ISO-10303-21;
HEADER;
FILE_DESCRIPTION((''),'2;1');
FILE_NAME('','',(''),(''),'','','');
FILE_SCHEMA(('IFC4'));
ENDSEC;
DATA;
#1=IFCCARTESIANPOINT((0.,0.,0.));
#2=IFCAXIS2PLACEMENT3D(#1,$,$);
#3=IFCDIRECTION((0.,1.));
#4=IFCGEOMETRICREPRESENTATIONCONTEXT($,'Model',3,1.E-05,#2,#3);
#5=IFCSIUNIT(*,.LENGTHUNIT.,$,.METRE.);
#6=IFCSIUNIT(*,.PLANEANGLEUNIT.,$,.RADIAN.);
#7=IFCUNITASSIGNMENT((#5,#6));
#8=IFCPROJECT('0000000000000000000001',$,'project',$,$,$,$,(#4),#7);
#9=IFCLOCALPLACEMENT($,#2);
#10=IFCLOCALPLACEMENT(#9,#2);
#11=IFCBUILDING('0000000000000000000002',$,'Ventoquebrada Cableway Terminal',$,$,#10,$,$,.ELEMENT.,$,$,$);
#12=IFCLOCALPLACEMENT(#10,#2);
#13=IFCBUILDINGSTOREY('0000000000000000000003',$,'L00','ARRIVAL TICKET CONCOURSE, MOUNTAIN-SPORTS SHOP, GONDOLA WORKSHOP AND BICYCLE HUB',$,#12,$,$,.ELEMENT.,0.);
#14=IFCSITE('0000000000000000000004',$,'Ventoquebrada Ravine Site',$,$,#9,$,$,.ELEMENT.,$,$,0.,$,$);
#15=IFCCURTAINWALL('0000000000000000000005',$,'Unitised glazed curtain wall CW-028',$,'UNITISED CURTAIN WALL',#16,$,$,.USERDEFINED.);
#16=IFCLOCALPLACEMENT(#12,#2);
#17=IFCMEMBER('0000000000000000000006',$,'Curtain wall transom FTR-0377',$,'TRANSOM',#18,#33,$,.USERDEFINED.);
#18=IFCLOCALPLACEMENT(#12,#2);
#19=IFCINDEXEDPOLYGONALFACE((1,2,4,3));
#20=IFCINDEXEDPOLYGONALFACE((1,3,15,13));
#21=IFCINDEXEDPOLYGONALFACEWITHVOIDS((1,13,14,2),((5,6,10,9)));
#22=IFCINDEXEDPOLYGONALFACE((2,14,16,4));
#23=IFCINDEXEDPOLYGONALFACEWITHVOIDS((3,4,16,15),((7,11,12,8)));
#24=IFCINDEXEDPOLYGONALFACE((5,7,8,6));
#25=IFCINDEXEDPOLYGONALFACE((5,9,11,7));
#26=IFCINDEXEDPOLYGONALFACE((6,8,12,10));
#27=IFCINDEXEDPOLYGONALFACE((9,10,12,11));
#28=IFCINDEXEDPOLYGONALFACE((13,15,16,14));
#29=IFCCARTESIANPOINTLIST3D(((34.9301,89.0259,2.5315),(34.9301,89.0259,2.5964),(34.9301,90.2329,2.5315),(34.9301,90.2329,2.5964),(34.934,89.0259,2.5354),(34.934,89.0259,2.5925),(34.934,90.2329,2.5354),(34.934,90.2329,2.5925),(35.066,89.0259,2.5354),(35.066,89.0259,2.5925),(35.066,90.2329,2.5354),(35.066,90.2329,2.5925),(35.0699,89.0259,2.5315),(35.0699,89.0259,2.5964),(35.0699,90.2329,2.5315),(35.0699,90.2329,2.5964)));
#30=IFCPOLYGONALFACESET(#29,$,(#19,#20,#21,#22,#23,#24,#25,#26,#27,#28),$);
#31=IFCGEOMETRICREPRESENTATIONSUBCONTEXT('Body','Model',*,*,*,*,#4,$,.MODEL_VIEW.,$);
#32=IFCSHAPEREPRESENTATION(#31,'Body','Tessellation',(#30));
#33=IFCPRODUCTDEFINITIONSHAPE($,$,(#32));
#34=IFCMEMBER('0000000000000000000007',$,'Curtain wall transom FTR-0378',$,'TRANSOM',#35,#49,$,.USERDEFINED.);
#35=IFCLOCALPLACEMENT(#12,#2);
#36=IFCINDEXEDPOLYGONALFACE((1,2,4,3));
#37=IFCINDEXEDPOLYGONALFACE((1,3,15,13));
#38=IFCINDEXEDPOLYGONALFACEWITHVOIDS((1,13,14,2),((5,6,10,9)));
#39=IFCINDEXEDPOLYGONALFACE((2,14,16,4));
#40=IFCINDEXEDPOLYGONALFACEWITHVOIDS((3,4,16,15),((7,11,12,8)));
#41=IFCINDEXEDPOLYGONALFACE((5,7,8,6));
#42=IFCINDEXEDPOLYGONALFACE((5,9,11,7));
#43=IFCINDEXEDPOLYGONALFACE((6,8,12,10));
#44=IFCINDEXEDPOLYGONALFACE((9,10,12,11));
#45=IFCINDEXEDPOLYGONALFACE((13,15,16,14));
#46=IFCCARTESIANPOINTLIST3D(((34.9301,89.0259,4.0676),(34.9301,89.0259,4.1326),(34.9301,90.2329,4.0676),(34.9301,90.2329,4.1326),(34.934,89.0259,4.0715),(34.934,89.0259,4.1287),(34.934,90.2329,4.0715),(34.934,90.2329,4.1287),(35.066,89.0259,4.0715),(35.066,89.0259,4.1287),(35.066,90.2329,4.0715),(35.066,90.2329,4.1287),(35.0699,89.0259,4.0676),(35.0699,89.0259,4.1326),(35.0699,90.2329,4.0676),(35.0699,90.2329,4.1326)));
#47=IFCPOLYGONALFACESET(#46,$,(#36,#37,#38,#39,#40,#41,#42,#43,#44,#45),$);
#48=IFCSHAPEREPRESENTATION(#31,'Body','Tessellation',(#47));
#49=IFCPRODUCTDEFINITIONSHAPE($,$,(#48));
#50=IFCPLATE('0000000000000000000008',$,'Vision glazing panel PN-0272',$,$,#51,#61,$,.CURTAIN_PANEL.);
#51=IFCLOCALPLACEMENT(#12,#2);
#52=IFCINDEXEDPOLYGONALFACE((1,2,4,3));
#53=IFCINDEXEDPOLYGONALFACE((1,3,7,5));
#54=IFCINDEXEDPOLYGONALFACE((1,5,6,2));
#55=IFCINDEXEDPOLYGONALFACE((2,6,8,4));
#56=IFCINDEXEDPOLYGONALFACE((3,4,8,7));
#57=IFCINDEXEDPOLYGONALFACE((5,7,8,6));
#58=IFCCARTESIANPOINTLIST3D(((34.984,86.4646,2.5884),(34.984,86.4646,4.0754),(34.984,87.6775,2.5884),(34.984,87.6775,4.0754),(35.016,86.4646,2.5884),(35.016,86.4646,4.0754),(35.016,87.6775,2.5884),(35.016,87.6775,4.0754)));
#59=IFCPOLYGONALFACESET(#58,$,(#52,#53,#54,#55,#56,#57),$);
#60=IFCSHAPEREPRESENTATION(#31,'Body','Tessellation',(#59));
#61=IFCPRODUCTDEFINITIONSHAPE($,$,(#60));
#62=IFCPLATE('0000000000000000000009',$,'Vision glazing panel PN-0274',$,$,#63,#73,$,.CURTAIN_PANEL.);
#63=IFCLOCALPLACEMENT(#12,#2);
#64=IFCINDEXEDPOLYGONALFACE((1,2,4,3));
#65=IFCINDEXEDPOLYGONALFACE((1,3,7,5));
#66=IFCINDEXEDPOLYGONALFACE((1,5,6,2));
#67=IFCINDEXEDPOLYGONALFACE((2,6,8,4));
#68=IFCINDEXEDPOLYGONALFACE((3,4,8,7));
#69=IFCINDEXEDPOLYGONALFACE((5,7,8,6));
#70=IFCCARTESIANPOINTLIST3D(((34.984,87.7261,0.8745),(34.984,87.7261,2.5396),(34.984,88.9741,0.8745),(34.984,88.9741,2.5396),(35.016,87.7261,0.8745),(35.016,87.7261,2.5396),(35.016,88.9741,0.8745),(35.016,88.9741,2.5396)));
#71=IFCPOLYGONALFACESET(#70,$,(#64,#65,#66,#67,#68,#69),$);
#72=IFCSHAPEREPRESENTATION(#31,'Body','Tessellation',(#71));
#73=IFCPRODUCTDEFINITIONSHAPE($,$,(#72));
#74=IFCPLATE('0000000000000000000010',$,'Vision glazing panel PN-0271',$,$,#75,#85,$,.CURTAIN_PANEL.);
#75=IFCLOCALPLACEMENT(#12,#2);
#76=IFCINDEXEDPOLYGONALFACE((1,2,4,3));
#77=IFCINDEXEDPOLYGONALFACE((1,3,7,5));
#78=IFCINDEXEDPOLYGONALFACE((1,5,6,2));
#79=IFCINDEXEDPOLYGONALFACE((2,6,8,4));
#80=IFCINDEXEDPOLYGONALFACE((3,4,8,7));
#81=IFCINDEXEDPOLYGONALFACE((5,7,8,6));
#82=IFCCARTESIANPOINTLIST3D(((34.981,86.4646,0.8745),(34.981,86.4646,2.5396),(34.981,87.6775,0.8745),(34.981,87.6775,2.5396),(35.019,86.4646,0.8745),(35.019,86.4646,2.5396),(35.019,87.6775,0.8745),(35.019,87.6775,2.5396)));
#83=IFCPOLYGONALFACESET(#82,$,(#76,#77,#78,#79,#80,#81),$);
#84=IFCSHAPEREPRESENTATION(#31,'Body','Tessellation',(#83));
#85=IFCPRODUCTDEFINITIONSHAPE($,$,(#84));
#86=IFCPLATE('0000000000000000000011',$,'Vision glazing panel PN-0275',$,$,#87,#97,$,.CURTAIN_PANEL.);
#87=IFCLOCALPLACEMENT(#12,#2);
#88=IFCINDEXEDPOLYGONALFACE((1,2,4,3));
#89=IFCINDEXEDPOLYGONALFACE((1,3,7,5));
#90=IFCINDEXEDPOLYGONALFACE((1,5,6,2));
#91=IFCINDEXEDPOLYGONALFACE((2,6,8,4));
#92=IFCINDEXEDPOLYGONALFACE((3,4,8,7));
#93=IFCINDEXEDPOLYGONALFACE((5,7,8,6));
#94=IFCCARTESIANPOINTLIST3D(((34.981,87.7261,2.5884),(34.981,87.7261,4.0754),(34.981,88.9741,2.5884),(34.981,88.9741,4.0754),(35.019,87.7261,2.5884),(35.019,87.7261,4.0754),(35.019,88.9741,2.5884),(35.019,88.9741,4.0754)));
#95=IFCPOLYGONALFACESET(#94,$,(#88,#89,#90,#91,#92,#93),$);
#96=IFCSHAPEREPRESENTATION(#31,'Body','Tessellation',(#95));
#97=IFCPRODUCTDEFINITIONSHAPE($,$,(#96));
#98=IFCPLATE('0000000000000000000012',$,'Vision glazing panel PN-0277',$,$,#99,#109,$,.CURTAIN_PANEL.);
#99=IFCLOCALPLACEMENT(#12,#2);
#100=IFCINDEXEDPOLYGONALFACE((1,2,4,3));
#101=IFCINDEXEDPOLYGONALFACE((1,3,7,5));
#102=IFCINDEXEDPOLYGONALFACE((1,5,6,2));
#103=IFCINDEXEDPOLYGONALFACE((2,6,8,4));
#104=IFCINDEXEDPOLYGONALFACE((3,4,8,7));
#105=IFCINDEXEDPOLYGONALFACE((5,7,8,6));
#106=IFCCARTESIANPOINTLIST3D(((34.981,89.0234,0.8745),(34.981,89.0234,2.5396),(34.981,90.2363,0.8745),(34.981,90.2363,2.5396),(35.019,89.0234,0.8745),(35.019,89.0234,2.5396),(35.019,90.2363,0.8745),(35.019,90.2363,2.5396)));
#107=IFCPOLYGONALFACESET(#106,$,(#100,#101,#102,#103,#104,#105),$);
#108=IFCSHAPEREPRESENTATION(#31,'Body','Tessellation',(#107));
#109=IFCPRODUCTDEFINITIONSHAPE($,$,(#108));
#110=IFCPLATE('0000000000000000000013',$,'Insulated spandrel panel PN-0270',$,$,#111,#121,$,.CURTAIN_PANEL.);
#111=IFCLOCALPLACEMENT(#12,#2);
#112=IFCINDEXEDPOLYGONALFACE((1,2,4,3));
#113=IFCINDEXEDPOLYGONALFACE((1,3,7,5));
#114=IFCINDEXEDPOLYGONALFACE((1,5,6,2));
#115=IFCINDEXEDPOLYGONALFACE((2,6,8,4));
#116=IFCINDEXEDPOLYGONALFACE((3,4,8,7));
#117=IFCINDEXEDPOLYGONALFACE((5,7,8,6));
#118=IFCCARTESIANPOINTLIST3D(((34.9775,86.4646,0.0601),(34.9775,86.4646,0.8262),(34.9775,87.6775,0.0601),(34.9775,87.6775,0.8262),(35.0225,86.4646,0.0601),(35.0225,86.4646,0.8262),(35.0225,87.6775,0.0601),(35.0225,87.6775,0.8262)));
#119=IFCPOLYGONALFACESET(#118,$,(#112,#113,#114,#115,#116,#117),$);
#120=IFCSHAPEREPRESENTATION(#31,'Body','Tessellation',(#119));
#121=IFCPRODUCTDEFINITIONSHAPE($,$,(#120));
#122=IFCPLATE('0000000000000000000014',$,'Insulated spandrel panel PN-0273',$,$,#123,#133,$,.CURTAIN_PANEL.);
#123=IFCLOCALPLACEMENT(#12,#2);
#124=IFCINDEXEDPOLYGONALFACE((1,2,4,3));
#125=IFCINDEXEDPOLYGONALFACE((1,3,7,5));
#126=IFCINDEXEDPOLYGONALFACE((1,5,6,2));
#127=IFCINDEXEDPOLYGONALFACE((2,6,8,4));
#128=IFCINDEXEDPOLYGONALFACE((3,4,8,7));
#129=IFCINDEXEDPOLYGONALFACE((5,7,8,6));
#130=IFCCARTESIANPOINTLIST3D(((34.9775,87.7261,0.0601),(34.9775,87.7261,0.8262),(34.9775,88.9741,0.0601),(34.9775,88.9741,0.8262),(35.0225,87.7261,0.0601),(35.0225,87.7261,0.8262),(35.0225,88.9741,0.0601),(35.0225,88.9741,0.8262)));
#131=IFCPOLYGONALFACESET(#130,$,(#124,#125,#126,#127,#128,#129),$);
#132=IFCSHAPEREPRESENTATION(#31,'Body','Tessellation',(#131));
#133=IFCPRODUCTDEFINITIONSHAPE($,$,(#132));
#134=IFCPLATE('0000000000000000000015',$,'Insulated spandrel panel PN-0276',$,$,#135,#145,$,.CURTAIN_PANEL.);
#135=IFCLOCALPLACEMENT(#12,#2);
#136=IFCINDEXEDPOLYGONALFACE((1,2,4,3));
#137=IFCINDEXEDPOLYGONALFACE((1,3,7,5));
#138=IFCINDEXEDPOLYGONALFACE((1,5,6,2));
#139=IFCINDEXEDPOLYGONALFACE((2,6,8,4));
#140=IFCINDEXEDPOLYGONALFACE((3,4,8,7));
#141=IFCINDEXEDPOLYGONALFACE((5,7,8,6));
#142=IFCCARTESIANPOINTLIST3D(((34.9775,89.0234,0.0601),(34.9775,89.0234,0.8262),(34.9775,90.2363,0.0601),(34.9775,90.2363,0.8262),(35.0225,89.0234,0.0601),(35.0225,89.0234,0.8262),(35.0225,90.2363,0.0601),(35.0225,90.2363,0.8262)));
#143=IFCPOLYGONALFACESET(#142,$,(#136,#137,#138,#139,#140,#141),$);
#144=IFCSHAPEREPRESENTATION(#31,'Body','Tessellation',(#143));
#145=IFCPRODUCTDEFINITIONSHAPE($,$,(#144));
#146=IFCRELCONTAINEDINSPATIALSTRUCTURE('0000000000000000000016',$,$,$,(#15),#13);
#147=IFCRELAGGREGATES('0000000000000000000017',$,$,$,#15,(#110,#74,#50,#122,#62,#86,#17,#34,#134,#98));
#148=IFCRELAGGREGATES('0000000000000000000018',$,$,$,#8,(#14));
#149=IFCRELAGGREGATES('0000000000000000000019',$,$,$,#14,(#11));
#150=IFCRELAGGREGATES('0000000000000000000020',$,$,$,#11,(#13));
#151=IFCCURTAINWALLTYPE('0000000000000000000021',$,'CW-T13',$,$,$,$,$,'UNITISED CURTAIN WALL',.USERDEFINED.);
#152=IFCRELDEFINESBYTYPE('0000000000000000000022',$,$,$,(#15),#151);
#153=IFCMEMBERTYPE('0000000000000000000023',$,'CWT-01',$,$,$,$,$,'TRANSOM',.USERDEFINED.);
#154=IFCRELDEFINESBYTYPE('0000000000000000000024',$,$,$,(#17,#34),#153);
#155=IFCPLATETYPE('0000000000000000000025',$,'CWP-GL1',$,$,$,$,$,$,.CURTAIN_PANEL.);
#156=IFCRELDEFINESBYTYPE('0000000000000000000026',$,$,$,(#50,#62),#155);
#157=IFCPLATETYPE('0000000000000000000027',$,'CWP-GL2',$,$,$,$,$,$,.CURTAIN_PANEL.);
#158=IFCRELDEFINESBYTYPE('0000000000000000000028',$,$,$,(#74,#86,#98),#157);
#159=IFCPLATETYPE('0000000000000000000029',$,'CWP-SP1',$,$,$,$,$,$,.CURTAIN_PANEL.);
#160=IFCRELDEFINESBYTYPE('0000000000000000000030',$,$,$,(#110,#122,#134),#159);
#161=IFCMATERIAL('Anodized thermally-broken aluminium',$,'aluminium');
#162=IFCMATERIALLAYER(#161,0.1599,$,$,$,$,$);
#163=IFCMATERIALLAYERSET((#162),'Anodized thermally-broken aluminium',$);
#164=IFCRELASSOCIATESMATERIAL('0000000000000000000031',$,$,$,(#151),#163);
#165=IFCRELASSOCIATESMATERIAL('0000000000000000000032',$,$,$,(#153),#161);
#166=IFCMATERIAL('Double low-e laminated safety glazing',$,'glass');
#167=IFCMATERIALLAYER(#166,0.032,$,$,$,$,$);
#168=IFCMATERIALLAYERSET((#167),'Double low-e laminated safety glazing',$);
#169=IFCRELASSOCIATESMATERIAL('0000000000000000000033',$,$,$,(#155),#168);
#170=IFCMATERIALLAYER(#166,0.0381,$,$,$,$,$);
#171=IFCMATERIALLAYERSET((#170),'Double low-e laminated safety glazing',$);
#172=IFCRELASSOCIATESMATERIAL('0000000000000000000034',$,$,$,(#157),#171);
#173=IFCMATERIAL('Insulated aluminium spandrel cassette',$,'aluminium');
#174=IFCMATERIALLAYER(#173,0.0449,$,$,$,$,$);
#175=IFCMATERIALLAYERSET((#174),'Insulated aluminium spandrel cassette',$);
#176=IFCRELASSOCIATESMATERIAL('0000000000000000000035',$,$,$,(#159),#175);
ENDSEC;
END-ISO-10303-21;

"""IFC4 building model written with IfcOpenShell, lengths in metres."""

from ifc_helpers import new_model, si_unit, direction, frame, origin, origin_2d, place, context, subcontext, project, spatial, rectangle, hollow_rectangle, extrude, material, layer, layer_set, material_profile, profile_set, type_object, element, aggregate, save


model = new_model("IFC4")

# Units and contexts
model_context = context("Model", 3, precision=1e-05, world=origin(), true_north=direction((0.0, 1.0)))
body_context = subcontext(model_context, "Body", "Model", "MODEL_VIEW")
ifc_project = project(units=[si_unit("LENGTHUNIT", "METRE"), si_unit("PLANEANGLEUNIT", "RADIAN")], contexts=[model_context])

# Site, building, storey
site_placement = place(None, origin())
site = spatial("IfcSite", under=ifc_project, at=site_placement, Name="Ventoquebrada Ravine Site", CompositionType="ELEMENT", RefElevation=0.0)
building_placement = place(site_placement, origin())
building = spatial("IfcBuilding", under=site, at=building_placement, Name="Ventoquebrada Cableway Terminal", CompositionType="ELEMENT")
storey_placement = place(building_placement, origin())
storey = spatial("IfcBuildingStorey", under=building, at=storey_placement, Name="L00", Description="ARRIVAL TICKET CONCOURSE, MOUNTAIN-SPORTS SHOP, GONDOLA WORKSHOP AND BICYCLE HUB", CompositionType="ELEMENT", Elevation=0.0)

# Curtain wall, members, plates
ifc_material_1 = material(Name="Anodized thermally-broken aluminium", Category="aluminium")
ifc_layer_1 = layer(ifc_material_1, 0.1599)
ifc_layer_set_1 = layer_set([ifc_layer_1], Name="Anodized thermally-broken aluminium")
curtain_wall_type = type_object("IfcCurtainWallType", Name="CW-T13", ElementType="UNITISED CURTAIN WALL", PredefinedType="USERDEFINED", material=ifc_layer_set_1)
curtain_wall_placement = place(storey_placement, origin())
curtain_wall = element("IfcCurtainWall", 1, at=curtain_wall_placement, inside=storey, type_object=curtain_wall_type, Name="Unitised glazed curtain wall CW-028", ObjectType="UNITISED CURTAIN WALL", PredefinedType="USERDEFINED")
ifc_material_profile_1 = material_profile(ifc_material_1, hollow_rectangle(XDim=0.0649, YDim=0.1399, WallThickness=0.0039, at=origin_2d()), Name="CW-TRN-65X140")
ifc_profile_set_1 = profile_set([ifc_material_profile_1], Name="Anodized thermally-broken aluminium")
member_type_1 = type_object("IfcMemberType", Name="CWT-01", ElementType="TRANSOM", PredefinedType="USERDEFINED", material=ifc_profile_set_1)
member_1_placement = place(storey_placement, frame((35.0, 89.0259, 2.564), z_axis=(0.0, 1.0, 0.0), x_axis=(0.0, 0.0, 1.0)))
member_1 = element("IfcMember", 2, at=member_1_placement, type_object=member_type_1, Name="Curtain wall transom FTR-0377", ObjectType="TRANSOM", PredefinedType="USERDEFINED", context=body_context, shape_type="SweptSolid", body=[
    extrude(hollow_rectangle(XDim=0.0649, YDim=0.1399, WallThickness=0.0039, at=origin_2d()), origin(), (0.0, 0.0, 1.0), 1.207),
])
member_2_placement = place(storey_placement, frame((35.0, 89.0259, 4.1001), z_axis=(0.0, 1.0, 0.0), x_axis=(0.0, 0.0, 1.0)))
member_2 = element("IfcMember", 3, at=member_2_placement, type_object=member_type_1, Name="Curtain wall transom FTR-0378", ObjectType="TRANSOM", PredefinedType="USERDEFINED", context=body_context, shape_type="SweptSolid", body=[
    extrude(hollow_rectangle(XDim=0.0649, YDim=0.1399, WallThickness=0.0039, at=origin_2d()), origin(), (0.0, 0.0, 1.0), 1.207),
])
ifc_material_2 = material(Name="Double low-e laminated safety glazing", Category="glass")
ifc_layer_2 = layer(ifc_material_2, 0.032)
ifc_layer_set_2 = layer_set([ifc_layer_2], Name="Double low-e laminated safety glazing")
plate_type_1 = type_object("IfcPlateType", Name="CWP-GL1", PredefinedType="CURTAIN_PANEL", material=ifc_layer_set_2)
plate_1_placement = place(storey_placement, frame((35.0, 87.071, 2.5884), z_axis=(0.0, 0.0, 1.0), x_axis=(0.0, 1.0, 0.0)))
plate_1 = element("IfcPlate", 4, at=plate_1_placement, type_object=plate_type_1, Name="Vision glazing panel PN-0272", PredefinedType="CURTAIN_PANEL", context=body_context, shape_type="SweptSolid", body=[
    extrude(rectangle(XDim=1.2129, YDim=0.032, at=origin_2d()), origin(), (0.0, 0.0, 1.0), 1.4871),
])
plate_2_placement = place(storey_placement, frame((35.0, 88.3501, 0.8745), z_axis=(0.0, 0.0, 1.0), x_axis=(0.0, 1.0, 0.0)))
plate_2 = element("IfcPlate", 5, at=plate_2_placement, type_object=plate_type_1, Name="Vision glazing panel PN-0274", PredefinedType="CURTAIN_PANEL", context=body_context, shape_type="SweptSolid", body=[
    extrude(rectangle(XDim=1.248, YDim=0.032, at=origin_2d()), origin(), (0.0, 0.0, 1.0), 1.665),
])
ifc_layer_3 = layer(ifc_material_2, 0.0381)
ifc_layer_set_3 = layer_set([ifc_layer_3], Name="Double low-e laminated safety glazing")
plate_type_2 = type_object("IfcPlateType", Name="CWP-GL2", PredefinedType="CURTAIN_PANEL", material=ifc_layer_set_3)
plate_3_placement = place(storey_placement, frame((35.0, 87.071, 0.8745), z_axis=(0.0, 0.0, 1.0), x_axis=(0.0, 1.0, 0.0)))
plate_3 = element("IfcPlate", 6, at=plate_3_placement, type_object=plate_type_2, Name="Vision glazing panel PN-0271", PredefinedType="CURTAIN_PANEL", context=body_context, shape_type="SweptSolid", body=[
    extrude(rectangle(XDim=1.2129, YDim=0.0381, at=origin_2d()), origin(), (0.0, 0.0, 1.0), 1.665),
])
plate_4_placement = place(storey_placement, frame((35.0, 88.3501, 2.5884), z_axis=(0.0, 0.0, 1.0), x_axis=(0.0, 1.0, 0.0)))
plate_4 = element("IfcPlate", 7, at=plate_4_placement, type_object=plate_type_2, Name="Vision glazing panel PN-0275", PredefinedType="CURTAIN_PANEL", context=body_context, shape_type="SweptSolid", body=[
    extrude(rectangle(XDim=1.248, YDim=0.0381, at=origin_2d()), origin(), (0.0, 0.0, 1.0), 1.4871),
])
plate_5_placement = place(storey_placement, frame((35.0, 89.6299, 0.8745), z_axis=(0.0, 0.0, 1.0), x_axis=(0.0, 1.0, 0.0)))
plate_5 = element("IfcPlate", 8, at=plate_5_placement, type_object=plate_type_2, Name="Vision glazing panel PN-0277", PredefinedType="CURTAIN_PANEL", context=body_context, shape_type="SweptSolid", body=[
    extrude(rectangle(XDim=1.2129, YDim=0.0381, at=origin_2d()), origin(), (0.0, 0.0, 1.0), 1.665),
])
ifc_material_3 = material(Name="Insulated aluminium spandrel cassette", Category="aluminium")
ifc_layer_4 = layer(ifc_material_3, 0.0449)
ifc_layer_set_4 = layer_set([ifc_layer_4], Name="Insulated aluminium spandrel cassette")
plate_type_3 = type_object("IfcPlateType", Name="CWP-SP1", PredefinedType="CURTAIN_PANEL", material=ifc_layer_set_4)
plate_6_placement = place(storey_placement, frame((35.0, 87.071, 0.0601), z_axis=(0.0, 0.0, 1.0), x_axis=(0.0, 1.0, 0.0)))
plate_6 = element("IfcPlate", 9, at=plate_6_placement, type_object=plate_type_3, Name="Insulated spandrel panel PN-0270", PredefinedType="CURTAIN_PANEL", context=body_context, shape_type="SweptSolid", body=[
    extrude(rectangle(XDim=1.2129, YDim=0.0449, at=origin_2d()), origin(), (0.0, 0.0, 1.0), 0.7661),
])
plate_7_placement = place(storey_placement, frame((35.0, 88.3501, 0.0601), z_axis=(0.0, 0.0, 1.0), x_axis=(0.0, 1.0, 0.0)))
plate_7 = element("IfcPlate", 10, at=plate_7_placement, type_object=plate_type_3, Name="Insulated spandrel panel PN-0273", PredefinedType="CURTAIN_PANEL", context=body_context, shape_type="SweptSolid", body=[
    extrude(rectangle(XDim=1.248, YDim=0.0449, at=origin_2d()), origin(), (0.0, 0.0, 1.0), 0.7661),
])
plate_8_placement = place(storey_placement, frame((35.0, 89.6299, 0.0601), z_axis=(0.0, 0.0, 1.0), x_axis=(0.0, 1.0, 0.0)))
plate_8 = element("IfcPlate", 11, at=plate_8_placement, type_object=plate_type_3, Name="Insulated spandrel panel PN-0276", PredefinedType="CURTAIN_PANEL", context=body_context, shape_type="SweptSolid", body=[
    extrude(rectangle(XDim=1.2129, YDim=0.0449, at=origin_2d()), origin(), (0.0, 0.0, 1.0), 0.7661),
])
aggregate(curtain_wall, [plate_6, plate_3, plate_1, plate_7, plate_2, plate_4, member_1, member_2, plate_8, plate_5])

save(model, "model.ifc")
